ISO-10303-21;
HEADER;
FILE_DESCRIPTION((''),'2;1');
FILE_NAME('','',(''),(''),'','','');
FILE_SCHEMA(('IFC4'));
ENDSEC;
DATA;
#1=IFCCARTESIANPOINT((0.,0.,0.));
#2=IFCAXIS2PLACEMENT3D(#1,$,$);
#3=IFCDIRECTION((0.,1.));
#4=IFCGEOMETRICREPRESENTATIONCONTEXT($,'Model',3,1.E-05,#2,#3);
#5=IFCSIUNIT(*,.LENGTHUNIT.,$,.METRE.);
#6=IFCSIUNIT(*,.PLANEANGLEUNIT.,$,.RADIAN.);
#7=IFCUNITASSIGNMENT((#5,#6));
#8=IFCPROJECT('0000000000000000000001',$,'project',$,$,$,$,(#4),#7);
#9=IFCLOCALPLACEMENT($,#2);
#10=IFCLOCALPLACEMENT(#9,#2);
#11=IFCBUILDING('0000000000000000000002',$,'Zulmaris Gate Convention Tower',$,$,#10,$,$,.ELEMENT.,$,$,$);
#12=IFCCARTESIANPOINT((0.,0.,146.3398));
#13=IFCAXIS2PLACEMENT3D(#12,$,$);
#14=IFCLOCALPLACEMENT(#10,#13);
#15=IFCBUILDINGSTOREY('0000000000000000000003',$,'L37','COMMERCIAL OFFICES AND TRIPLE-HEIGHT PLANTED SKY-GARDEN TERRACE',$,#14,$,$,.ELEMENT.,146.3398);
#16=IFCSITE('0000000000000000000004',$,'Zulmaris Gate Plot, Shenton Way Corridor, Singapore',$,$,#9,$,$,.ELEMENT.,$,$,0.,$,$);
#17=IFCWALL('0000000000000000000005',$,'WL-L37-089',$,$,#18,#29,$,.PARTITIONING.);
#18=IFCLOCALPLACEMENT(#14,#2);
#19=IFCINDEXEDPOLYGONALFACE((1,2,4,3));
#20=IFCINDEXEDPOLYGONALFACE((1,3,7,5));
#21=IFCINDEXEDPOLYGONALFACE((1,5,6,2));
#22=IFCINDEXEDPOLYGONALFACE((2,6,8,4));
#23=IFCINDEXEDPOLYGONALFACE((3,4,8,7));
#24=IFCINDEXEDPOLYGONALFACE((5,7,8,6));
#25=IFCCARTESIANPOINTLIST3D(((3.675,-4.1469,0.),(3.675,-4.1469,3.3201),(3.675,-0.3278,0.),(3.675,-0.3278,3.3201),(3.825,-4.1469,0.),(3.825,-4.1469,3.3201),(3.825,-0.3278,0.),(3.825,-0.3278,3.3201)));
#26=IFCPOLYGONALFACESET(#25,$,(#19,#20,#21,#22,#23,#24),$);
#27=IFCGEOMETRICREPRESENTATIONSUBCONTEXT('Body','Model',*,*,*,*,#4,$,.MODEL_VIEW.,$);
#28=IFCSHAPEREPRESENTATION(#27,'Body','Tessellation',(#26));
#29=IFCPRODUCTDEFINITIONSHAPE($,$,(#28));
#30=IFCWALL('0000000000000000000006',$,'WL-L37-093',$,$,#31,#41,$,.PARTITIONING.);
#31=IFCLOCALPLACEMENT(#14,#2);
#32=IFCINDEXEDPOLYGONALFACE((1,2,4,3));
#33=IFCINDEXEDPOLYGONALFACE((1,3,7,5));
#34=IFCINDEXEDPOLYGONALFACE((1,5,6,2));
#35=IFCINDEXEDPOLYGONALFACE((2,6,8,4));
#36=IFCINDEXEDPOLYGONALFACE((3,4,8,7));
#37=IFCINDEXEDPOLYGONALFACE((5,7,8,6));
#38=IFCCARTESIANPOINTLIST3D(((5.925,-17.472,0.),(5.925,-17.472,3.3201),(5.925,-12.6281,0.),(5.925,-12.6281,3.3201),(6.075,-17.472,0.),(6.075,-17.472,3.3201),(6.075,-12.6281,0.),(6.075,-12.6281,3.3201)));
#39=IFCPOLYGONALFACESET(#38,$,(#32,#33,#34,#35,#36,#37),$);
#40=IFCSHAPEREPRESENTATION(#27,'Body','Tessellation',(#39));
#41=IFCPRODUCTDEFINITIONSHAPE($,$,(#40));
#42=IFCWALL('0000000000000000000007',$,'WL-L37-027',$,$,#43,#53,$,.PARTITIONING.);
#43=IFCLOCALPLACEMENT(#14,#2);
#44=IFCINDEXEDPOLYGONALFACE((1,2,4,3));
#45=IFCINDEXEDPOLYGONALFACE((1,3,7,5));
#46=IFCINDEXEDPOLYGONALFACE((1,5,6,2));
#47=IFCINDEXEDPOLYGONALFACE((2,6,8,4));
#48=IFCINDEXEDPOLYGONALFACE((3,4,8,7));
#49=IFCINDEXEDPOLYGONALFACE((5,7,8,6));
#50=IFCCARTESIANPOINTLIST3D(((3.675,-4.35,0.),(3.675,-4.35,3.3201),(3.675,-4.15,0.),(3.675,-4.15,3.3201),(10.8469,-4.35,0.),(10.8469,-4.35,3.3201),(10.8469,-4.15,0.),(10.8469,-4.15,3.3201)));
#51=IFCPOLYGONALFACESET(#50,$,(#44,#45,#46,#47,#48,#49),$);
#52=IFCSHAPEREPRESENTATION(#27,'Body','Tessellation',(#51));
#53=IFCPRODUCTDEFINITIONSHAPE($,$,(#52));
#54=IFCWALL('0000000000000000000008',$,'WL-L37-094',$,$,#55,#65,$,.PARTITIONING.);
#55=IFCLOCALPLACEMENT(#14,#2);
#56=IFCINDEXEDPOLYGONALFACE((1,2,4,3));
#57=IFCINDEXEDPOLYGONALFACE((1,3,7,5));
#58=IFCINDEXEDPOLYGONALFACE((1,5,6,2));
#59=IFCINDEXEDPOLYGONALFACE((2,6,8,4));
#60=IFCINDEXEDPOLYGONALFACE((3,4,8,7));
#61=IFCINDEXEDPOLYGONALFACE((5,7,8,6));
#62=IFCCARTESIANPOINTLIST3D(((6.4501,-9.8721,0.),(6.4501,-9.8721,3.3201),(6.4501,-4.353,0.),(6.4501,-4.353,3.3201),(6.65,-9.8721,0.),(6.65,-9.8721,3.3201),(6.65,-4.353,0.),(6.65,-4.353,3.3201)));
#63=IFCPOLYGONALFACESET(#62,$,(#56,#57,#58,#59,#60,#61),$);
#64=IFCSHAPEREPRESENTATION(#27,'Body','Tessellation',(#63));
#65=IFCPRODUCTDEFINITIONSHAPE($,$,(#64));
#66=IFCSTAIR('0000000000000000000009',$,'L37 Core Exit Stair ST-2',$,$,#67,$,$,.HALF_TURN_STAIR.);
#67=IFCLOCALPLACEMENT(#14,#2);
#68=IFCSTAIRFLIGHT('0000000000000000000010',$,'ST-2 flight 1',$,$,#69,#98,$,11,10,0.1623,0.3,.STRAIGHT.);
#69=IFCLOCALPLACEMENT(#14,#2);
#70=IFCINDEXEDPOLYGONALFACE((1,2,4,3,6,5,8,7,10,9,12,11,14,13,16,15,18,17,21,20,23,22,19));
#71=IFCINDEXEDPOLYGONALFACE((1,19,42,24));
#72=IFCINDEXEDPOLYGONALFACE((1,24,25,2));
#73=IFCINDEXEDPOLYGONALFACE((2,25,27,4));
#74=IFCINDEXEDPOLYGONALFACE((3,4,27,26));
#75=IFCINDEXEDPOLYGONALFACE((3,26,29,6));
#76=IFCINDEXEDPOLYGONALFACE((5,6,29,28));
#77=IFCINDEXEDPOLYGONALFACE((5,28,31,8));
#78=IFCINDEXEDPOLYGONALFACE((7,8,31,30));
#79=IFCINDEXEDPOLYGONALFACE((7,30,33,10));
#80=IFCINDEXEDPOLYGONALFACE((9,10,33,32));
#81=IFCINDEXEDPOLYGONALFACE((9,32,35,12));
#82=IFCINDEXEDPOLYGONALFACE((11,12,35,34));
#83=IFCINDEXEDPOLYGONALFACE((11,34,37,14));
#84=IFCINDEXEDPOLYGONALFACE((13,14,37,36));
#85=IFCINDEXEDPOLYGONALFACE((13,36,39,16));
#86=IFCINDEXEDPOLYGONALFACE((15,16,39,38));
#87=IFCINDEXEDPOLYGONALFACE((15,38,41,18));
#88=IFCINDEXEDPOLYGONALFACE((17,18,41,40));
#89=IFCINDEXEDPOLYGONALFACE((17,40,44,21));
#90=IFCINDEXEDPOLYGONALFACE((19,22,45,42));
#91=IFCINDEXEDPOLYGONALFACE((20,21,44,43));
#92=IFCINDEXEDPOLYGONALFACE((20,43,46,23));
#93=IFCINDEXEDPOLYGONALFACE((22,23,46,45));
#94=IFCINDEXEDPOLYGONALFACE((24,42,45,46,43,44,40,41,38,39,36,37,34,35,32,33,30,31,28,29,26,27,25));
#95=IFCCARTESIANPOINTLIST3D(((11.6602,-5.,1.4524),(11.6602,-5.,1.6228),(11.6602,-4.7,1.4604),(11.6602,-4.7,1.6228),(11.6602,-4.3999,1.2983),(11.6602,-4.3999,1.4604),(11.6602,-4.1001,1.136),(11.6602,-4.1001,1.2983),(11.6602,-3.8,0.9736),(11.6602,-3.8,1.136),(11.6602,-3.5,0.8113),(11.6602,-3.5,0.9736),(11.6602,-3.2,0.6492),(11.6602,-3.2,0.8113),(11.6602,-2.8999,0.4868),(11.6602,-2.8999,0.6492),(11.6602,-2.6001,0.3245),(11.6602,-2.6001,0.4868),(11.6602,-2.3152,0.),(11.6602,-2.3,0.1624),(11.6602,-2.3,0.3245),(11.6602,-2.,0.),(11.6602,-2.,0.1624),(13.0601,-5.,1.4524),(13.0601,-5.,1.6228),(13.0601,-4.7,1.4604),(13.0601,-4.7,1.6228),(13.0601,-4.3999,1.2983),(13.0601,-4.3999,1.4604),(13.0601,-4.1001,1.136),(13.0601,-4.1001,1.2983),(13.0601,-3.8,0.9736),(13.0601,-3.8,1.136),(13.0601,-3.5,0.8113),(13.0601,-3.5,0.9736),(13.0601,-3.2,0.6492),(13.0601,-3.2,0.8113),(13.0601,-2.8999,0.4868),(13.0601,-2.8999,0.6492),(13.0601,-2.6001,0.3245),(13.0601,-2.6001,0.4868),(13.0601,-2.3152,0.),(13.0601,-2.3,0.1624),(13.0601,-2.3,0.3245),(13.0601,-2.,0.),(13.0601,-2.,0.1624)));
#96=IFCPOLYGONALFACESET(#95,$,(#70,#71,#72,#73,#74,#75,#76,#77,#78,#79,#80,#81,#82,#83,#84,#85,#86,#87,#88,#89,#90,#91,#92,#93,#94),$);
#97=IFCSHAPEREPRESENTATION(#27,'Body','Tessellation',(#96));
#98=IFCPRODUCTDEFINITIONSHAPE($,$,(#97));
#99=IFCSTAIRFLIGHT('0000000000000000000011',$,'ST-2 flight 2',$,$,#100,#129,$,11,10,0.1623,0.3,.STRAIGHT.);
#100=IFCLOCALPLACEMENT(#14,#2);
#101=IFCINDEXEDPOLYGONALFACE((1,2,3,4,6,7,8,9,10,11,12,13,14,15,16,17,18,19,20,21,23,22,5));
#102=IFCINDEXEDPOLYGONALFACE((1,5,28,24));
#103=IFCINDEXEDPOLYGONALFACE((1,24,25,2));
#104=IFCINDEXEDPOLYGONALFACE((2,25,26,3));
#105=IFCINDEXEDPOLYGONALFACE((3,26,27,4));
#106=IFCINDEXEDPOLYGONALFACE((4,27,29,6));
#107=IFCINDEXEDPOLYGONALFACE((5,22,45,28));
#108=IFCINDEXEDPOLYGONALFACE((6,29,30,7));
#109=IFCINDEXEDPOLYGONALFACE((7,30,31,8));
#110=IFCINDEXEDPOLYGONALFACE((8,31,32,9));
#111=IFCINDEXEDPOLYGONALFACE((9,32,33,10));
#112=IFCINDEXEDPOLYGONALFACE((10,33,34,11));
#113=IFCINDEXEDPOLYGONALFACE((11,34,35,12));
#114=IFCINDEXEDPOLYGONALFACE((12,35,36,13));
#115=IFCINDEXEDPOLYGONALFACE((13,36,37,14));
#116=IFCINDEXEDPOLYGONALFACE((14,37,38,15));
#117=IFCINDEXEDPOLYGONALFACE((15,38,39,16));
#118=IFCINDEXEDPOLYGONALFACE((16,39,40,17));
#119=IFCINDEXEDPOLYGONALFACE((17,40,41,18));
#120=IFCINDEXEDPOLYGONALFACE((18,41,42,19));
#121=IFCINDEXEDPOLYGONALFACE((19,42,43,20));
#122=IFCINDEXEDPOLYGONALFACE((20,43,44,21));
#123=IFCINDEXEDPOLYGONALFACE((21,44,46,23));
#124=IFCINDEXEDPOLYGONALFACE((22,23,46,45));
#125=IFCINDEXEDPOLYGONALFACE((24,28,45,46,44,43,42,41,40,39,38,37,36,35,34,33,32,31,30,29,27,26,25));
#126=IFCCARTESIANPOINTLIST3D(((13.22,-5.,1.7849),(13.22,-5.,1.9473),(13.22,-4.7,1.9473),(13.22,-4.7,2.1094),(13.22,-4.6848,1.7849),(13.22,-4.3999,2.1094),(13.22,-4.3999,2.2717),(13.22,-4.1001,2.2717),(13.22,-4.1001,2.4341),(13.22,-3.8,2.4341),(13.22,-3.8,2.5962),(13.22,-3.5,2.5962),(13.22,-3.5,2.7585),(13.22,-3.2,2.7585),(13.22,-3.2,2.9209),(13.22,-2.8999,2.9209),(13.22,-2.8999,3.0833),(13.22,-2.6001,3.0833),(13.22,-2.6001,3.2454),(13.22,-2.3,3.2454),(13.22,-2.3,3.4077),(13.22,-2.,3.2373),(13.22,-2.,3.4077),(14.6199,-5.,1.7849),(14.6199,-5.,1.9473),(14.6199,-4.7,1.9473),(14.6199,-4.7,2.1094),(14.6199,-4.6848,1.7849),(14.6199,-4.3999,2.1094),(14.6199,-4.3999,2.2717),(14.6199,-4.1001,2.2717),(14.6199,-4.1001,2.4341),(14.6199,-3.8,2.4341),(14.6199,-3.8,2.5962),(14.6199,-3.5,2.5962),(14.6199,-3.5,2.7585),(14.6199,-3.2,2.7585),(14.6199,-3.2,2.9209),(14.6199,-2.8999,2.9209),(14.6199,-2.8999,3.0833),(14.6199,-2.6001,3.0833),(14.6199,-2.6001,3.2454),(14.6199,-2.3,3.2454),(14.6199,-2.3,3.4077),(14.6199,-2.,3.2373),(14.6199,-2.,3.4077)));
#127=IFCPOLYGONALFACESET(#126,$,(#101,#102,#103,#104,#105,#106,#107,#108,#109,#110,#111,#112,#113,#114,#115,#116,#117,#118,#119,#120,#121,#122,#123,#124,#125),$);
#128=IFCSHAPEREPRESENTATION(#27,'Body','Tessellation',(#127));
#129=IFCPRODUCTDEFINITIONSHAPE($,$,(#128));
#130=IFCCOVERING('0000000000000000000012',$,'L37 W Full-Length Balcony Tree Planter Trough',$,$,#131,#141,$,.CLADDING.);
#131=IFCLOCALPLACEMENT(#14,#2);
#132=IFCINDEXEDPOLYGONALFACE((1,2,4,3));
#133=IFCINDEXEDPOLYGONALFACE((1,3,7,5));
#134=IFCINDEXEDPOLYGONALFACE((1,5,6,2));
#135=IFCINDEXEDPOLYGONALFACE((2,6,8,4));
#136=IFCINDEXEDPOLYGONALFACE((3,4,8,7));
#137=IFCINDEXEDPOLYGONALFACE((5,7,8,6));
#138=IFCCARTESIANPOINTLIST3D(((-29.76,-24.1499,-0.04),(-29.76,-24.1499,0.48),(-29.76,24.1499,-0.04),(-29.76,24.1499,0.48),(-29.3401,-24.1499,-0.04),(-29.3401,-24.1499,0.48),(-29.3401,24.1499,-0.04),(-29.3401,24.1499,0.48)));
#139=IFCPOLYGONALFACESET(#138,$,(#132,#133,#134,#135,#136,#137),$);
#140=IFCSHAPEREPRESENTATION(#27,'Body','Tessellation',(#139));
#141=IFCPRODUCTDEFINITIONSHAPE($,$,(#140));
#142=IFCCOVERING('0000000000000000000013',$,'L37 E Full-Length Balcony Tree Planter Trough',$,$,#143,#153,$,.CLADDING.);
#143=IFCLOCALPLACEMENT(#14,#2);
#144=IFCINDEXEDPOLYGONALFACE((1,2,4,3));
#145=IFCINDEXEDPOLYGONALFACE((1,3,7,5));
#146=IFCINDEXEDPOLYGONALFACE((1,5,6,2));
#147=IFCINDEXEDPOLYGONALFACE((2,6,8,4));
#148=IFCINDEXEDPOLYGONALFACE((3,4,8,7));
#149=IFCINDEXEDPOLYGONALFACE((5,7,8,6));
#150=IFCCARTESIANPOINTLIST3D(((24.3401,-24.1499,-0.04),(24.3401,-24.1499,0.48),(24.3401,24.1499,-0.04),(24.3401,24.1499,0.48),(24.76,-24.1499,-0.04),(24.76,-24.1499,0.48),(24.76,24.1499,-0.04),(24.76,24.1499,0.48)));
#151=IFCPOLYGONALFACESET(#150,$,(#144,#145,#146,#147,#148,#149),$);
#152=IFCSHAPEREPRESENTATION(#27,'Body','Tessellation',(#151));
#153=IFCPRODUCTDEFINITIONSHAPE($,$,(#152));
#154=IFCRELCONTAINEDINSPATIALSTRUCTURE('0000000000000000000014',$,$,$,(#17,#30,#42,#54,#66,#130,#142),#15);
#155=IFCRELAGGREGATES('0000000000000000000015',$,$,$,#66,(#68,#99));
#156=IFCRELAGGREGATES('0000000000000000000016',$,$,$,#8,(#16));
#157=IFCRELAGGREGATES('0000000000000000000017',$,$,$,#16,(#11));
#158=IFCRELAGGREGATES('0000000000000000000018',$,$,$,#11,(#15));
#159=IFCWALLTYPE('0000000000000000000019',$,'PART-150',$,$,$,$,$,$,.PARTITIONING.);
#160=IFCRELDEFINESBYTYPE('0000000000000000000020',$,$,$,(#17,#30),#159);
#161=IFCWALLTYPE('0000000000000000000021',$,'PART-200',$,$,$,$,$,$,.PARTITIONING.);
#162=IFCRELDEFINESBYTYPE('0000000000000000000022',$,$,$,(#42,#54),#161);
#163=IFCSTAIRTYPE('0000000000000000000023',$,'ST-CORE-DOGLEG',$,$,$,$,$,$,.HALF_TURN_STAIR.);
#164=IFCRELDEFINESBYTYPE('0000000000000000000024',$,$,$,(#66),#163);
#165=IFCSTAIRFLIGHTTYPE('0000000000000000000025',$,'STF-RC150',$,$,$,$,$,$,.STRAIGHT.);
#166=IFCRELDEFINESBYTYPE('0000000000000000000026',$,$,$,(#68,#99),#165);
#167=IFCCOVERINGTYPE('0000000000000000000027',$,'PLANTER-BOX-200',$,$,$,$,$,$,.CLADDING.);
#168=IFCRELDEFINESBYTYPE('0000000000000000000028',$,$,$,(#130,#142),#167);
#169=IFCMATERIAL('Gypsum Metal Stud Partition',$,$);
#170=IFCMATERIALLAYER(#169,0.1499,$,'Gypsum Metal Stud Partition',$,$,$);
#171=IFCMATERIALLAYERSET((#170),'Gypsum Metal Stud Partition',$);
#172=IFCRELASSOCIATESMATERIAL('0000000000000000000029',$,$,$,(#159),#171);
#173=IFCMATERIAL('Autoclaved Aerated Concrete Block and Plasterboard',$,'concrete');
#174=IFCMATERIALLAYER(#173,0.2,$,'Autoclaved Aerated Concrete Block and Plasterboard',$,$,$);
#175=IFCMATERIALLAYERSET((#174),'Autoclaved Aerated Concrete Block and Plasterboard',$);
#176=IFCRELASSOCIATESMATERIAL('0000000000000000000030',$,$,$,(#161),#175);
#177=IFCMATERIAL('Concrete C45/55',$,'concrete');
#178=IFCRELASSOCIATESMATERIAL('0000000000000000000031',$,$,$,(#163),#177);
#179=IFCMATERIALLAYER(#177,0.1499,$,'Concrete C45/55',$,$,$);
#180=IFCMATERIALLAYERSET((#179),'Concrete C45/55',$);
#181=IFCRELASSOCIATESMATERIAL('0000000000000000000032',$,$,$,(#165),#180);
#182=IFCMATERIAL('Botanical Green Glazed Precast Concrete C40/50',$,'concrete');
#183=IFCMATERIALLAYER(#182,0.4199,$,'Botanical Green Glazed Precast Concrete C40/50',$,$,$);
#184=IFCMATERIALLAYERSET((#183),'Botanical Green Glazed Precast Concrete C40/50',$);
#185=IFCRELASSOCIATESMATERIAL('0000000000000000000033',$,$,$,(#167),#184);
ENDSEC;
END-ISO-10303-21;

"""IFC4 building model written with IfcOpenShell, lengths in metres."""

from ifc_helpers import new_model, si_unit, direction, frame, frame_2d, origin, place, context, subcontext, project, spatial, polyline, rectangle, outline, extrude, material, layer, layer_set, type_object, element, aggregate, save


model = new_model("IFC4")

# Units and contexts
model_context = context("Model", 3, precision=1e-05, world=origin(), true_north=direction((0.0, 1.0)))
body_context = subcontext(model_context, "Body", "Model", "MODEL_VIEW")
ifc_project = project(units=[si_unit("LENGTHUNIT", "METRE"), si_unit("PLANEANGLEUNIT", "RADIAN")], contexts=[model_context])

# Site, building, storey
site_placement = place(None, origin())
site = spatial("IfcSite", under=ifc_project, at=site_placement, Name="Zulmaris Gate Plot, Shenton Way Corridor, Singapore", CompositionType="ELEMENT", RefElevation=0.0)
building_placement = place(site_placement, origin())
building = spatial("IfcBuilding", under=site, at=building_placement, Name="Zulmaris Gate Convention Tower", CompositionType="ELEMENT")
storey_placement = place(building_placement, frame((0.0, 0.0, 146.3398)))
storey = spatial("IfcBuildingStorey", under=building, at=storey_placement, Name="L37", Description="COMMERCIAL OFFICES AND TRIPLE-HEIGHT PLANTED SKY-GARDEN TERRACE", CompositionType="ELEMENT", Elevation=146.3398)

# Shared definitions
ifc_material_1 = material(Name="Gypsum Metal Stud Partition")
ifc_layer_1 = layer(ifc_material_1, 0.1499, Name="Gypsum Metal Stud Partition")
ifc_layer_set_1 = layer_set([ifc_layer_1], Name="Gypsum Metal Stud Partition")
wall_type_1 = type_object("IfcWallType", Name="PART-150", PredefinedType="PARTITIONING", material=ifc_layer_set_1)

# Walls
wall_1_placement = place(storey_placement, frame((3.75, -4.147, 0.0), z_axis=(0.0, 0.0, 1.0), x_axis=(0.0, 1.0, 0.0)))
element("IfcWall", 1, at=wall_1_placement, inside=storey, type_object=wall_type_1, Name="WL-L37-089", PredefinedType="PARTITIONING", context=body_context, shape_type="SweptSolid", body=[
    extrude(rectangle(XDim=3.8191, YDim=0.1499, at=frame_2d((1.9097, 0.0))), origin(), (0.0, 0.0, 1.0), 3.3201),
])
wall_2_placement = place(storey_placement, frame((6.0, -17.4719, 0.0), z_axis=(0.0, 0.0, 1.0), x_axis=(0.0, 1.0, 0.0)))
element("IfcWall", 2, at=wall_2_placement, inside=storey, type_object=wall_type_1, Name="WL-L37-093", PredefinedType="PARTITIONING", context=body_context, shape_type="SweptSolid", body=[
    extrude(rectangle(XDim=4.844, YDim=0.1499, at=frame_2d((2.4219, 0.0))), origin(), (0.0, 0.0, 1.0), 3.3201),
])
ifc_material_2 = material(Name="Autoclaved Aerated Concrete Block and Plasterboard", Category="concrete")
ifc_layer_2 = layer(ifc_material_2, 0.2, Name="Autoclaved Aerated Concrete Block and Plasterboard")
ifc_layer_set_2 = layer_set([ifc_layer_2], Name="Autoclaved Aerated Concrete Block and Plasterboard")
wall_type_2 = type_object("IfcWallType", Name="PART-200", PredefinedType="PARTITIONING", material=ifc_layer_set_2)
wall_3_placement = place(storey_placement, frame((3.675, -4.25, 0.0), z_axis=(0.0, 0.0, 1.0), x_axis=(1.0, 0.0, 0.0)))
element("IfcWall", 3, at=wall_3_placement, inside=storey, type_object=wall_type_2, Name="WL-L37-027", PredefinedType="PARTITIONING", context=body_context, shape_type="SweptSolid", body=[
    extrude(rectangle(XDim=7.1719, YDim=0.2, at=frame_2d((3.5859, 0.0))), origin(), (0.0, 0.0, 1.0), 3.3201),
])
wall_4_placement = place(storey_placement, frame((6.55, -9.8721, 0.0), z_axis=(0.0, 0.0, 1.0), x_axis=(0.0, 1.0, 0.0)))
element("IfcWall", 4, at=wall_4_placement, inside=storey, type_object=wall_type_2, Name="WL-L37-094", PredefinedType="PARTITIONING", context=body_context, shape_type="SweptSolid", body=[
    extrude(rectangle(XDim=5.519, YDim=0.2, at=frame_2d((2.7595, 0.0))), origin(), (0.0, 0.0, 1.0), 3.3201),
])

# Stair, stair flights
ifc_material_3 = material(Name="Concrete C45/55", Category="concrete")
stair_type = type_object("IfcStairType", Name="ST-CORE-DOGLEG", PredefinedType="HALF_TURN_STAIR", material=ifc_material_3)
stair_placement = place(storey_placement, origin())
stair = element("IfcStair", 5, at=stair_placement, inside=storey, type_object=stair_type, Name="L37 Core Exit Stair ST-2", PredefinedType="HALF_TURN_STAIR")
ifc_layer_3 = layer(ifc_material_3, 0.1499, Name="Concrete C45/55")
ifc_layer_set_3 = layer_set([ifc_layer_3], Name="Concrete C45/55")
stair_flight_type = type_object("IfcStairFlightType", Name="STF-RC150", PredefinedType="STRAIGHT", material=ifc_layer_set_3)
stair_flight_1_placement = place(storey_placement, frame((12.3601, -2.0, 0.0), z_axis=(0.0, 0.0, 1.0), x_axis=(0.0, -1.0, 0.0)))
stair_flight_1 = element("IfcStairFlight", 6, at=stair_flight_1_placement, type_object=stair_flight_type, Name="ST-2 flight 1", NumberOfRisers=11, NumberOfTreads=10, PredefinedType="STRAIGHT", RiserHeight=0.1623, TreadLength=0.3, context=body_context, shape_type="SweptSolid", body=[
    extrude(outline(polyline([(0.0, 0.0), (0.0, 0.1624), (0.3, 0.1624), (0.3, 0.3245), (0.6001, 0.3245), (0.6001, 0.4868), (0.8999, 0.4868), (0.8999, 0.6492), (1.2, 0.6492), (1.2, 0.8113), (1.5, 0.8113), (1.5, 0.9736), (1.8, 0.9736), (1.8, 1.136), (2.1001, 1.136), (2.1001, 1.2983), (2.3999, 1.2983), (2.3999, 1.4604), (2.7, 1.4604), (2.7, 1.6228), (3.0, 1.6228), (3.0, 1.7852), (3.0, 1.4524), (0.3152, 0.0), (0.0, 0.0)])), frame((0.0, 0.7, 0.0), z_axis=(0.0, -1.0, 0.0), x_axis=(1.0, 0.0, 0.0)), (0.0, 0.0, 1.0), 1.3999),
])
stair_flight_2_placement = place(storey_placement, frame((13.9199, -5.0, 1.7849), z_axis=(0.0, 0.0, 1.0), x_axis=(0.0, 1.0, 0.0)))
stair_flight_2 = element("IfcStairFlight", 7, at=stair_flight_2_placement, type_object=stair_flight_type, Name="ST-2 flight 2", NumberOfRisers=11, NumberOfTreads=10, PredefinedType="STRAIGHT", RiserHeight=0.1623, TreadLength=0.3, context=body_context, shape_type="SweptSolid", body=[
    extrude(outline(polyline([(0.0, 0.0), (0.0, 0.1624), (0.3, 0.1624), (0.3, 0.3245), (0.6001, 0.3245), (0.6001, 0.4868), (0.8999, 0.4868), (0.8999, 0.6492), (1.2, 0.6492), (1.2, 0.8113), (1.5, 0.8113), (1.5, 0.9736), (1.8, 0.9736), (1.8, 1.136), (2.1001, 1.136), (2.1001, 1.2983), (2.3999, 1.2983), (2.3999, 1.4604), (2.7, 1.4604), (2.7, 1.6228), (3.0, 1.6228), (3.0, 1.7852), (3.0, 1.4524), (0.3152, 0.0), (0.0, 0.0)])), frame((0.0, 0.7, 0.0), z_axis=(0.0, -1.0, 0.0), x_axis=(1.0, 0.0, 0.0)), (0.0, 0.0, 1.0), 1.3999),
])
aggregate(stair, [stair_flight_1, stair_flight_2])

# Coverings
ifc_material_4 = material(Name="Botanical Green Glazed Precast Concrete C40/50", Category="concrete")
ifc_layer_4 = layer(ifc_material_4, 0.4199, Name="Botanical Green Glazed Precast Concrete C40/50")
ifc_layer_set_4 = layer_set([ifc_layer_4], Name="Botanical Green Glazed Precast Concrete C40/50")
covering_type = type_object("IfcCoveringType", Name="PLANTER-BOX-200", PredefinedType="CLADDING", material=ifc_layer_set_4)
covering_1_placement = place(storey_placement, frame((0.0, 0.0, -0.04)))
element("IfcCovering", 8, at=covering_1_placement, inside=storey, type_object=covering_type, Name="L37 W Full-Length Balcony Tree Planter Trough", PredefinedType="CLADDING", context=body_context, shape_type="SweptSolid", body=[
    extrude(outline(polyline([(-29.76, -24.1499), (-29.3401, -24.1499), (-29.3401, 24.1499), (-29.76, 24.1499), (-29.76, -24.1499)])), origin(), (0.0, 0.0, 1.0), 0.52),
])
covering_2_placement = place(storey_placement, frame((0.0, 0.0, -0.04)))
element("IfcCovering", 9, at=covering_2_placement, inside=storey, type_object=covering_type, Name="L37 E Full-Length Balcony Tree Planter Trough", PredefinedType="CLADDING", context=body_context, shape_type="SweptSolid", body=[
    extrude(outline(polyline([(24.3401, -24.1499), (24.76, -24.1499), (24.76, 24.1499), (24.3401, 24.1499), (24.3401, -24.1499)])), origin(), (0.0, 0.0, 1.0), 0.52),
])

save(model, "model.ifc")
